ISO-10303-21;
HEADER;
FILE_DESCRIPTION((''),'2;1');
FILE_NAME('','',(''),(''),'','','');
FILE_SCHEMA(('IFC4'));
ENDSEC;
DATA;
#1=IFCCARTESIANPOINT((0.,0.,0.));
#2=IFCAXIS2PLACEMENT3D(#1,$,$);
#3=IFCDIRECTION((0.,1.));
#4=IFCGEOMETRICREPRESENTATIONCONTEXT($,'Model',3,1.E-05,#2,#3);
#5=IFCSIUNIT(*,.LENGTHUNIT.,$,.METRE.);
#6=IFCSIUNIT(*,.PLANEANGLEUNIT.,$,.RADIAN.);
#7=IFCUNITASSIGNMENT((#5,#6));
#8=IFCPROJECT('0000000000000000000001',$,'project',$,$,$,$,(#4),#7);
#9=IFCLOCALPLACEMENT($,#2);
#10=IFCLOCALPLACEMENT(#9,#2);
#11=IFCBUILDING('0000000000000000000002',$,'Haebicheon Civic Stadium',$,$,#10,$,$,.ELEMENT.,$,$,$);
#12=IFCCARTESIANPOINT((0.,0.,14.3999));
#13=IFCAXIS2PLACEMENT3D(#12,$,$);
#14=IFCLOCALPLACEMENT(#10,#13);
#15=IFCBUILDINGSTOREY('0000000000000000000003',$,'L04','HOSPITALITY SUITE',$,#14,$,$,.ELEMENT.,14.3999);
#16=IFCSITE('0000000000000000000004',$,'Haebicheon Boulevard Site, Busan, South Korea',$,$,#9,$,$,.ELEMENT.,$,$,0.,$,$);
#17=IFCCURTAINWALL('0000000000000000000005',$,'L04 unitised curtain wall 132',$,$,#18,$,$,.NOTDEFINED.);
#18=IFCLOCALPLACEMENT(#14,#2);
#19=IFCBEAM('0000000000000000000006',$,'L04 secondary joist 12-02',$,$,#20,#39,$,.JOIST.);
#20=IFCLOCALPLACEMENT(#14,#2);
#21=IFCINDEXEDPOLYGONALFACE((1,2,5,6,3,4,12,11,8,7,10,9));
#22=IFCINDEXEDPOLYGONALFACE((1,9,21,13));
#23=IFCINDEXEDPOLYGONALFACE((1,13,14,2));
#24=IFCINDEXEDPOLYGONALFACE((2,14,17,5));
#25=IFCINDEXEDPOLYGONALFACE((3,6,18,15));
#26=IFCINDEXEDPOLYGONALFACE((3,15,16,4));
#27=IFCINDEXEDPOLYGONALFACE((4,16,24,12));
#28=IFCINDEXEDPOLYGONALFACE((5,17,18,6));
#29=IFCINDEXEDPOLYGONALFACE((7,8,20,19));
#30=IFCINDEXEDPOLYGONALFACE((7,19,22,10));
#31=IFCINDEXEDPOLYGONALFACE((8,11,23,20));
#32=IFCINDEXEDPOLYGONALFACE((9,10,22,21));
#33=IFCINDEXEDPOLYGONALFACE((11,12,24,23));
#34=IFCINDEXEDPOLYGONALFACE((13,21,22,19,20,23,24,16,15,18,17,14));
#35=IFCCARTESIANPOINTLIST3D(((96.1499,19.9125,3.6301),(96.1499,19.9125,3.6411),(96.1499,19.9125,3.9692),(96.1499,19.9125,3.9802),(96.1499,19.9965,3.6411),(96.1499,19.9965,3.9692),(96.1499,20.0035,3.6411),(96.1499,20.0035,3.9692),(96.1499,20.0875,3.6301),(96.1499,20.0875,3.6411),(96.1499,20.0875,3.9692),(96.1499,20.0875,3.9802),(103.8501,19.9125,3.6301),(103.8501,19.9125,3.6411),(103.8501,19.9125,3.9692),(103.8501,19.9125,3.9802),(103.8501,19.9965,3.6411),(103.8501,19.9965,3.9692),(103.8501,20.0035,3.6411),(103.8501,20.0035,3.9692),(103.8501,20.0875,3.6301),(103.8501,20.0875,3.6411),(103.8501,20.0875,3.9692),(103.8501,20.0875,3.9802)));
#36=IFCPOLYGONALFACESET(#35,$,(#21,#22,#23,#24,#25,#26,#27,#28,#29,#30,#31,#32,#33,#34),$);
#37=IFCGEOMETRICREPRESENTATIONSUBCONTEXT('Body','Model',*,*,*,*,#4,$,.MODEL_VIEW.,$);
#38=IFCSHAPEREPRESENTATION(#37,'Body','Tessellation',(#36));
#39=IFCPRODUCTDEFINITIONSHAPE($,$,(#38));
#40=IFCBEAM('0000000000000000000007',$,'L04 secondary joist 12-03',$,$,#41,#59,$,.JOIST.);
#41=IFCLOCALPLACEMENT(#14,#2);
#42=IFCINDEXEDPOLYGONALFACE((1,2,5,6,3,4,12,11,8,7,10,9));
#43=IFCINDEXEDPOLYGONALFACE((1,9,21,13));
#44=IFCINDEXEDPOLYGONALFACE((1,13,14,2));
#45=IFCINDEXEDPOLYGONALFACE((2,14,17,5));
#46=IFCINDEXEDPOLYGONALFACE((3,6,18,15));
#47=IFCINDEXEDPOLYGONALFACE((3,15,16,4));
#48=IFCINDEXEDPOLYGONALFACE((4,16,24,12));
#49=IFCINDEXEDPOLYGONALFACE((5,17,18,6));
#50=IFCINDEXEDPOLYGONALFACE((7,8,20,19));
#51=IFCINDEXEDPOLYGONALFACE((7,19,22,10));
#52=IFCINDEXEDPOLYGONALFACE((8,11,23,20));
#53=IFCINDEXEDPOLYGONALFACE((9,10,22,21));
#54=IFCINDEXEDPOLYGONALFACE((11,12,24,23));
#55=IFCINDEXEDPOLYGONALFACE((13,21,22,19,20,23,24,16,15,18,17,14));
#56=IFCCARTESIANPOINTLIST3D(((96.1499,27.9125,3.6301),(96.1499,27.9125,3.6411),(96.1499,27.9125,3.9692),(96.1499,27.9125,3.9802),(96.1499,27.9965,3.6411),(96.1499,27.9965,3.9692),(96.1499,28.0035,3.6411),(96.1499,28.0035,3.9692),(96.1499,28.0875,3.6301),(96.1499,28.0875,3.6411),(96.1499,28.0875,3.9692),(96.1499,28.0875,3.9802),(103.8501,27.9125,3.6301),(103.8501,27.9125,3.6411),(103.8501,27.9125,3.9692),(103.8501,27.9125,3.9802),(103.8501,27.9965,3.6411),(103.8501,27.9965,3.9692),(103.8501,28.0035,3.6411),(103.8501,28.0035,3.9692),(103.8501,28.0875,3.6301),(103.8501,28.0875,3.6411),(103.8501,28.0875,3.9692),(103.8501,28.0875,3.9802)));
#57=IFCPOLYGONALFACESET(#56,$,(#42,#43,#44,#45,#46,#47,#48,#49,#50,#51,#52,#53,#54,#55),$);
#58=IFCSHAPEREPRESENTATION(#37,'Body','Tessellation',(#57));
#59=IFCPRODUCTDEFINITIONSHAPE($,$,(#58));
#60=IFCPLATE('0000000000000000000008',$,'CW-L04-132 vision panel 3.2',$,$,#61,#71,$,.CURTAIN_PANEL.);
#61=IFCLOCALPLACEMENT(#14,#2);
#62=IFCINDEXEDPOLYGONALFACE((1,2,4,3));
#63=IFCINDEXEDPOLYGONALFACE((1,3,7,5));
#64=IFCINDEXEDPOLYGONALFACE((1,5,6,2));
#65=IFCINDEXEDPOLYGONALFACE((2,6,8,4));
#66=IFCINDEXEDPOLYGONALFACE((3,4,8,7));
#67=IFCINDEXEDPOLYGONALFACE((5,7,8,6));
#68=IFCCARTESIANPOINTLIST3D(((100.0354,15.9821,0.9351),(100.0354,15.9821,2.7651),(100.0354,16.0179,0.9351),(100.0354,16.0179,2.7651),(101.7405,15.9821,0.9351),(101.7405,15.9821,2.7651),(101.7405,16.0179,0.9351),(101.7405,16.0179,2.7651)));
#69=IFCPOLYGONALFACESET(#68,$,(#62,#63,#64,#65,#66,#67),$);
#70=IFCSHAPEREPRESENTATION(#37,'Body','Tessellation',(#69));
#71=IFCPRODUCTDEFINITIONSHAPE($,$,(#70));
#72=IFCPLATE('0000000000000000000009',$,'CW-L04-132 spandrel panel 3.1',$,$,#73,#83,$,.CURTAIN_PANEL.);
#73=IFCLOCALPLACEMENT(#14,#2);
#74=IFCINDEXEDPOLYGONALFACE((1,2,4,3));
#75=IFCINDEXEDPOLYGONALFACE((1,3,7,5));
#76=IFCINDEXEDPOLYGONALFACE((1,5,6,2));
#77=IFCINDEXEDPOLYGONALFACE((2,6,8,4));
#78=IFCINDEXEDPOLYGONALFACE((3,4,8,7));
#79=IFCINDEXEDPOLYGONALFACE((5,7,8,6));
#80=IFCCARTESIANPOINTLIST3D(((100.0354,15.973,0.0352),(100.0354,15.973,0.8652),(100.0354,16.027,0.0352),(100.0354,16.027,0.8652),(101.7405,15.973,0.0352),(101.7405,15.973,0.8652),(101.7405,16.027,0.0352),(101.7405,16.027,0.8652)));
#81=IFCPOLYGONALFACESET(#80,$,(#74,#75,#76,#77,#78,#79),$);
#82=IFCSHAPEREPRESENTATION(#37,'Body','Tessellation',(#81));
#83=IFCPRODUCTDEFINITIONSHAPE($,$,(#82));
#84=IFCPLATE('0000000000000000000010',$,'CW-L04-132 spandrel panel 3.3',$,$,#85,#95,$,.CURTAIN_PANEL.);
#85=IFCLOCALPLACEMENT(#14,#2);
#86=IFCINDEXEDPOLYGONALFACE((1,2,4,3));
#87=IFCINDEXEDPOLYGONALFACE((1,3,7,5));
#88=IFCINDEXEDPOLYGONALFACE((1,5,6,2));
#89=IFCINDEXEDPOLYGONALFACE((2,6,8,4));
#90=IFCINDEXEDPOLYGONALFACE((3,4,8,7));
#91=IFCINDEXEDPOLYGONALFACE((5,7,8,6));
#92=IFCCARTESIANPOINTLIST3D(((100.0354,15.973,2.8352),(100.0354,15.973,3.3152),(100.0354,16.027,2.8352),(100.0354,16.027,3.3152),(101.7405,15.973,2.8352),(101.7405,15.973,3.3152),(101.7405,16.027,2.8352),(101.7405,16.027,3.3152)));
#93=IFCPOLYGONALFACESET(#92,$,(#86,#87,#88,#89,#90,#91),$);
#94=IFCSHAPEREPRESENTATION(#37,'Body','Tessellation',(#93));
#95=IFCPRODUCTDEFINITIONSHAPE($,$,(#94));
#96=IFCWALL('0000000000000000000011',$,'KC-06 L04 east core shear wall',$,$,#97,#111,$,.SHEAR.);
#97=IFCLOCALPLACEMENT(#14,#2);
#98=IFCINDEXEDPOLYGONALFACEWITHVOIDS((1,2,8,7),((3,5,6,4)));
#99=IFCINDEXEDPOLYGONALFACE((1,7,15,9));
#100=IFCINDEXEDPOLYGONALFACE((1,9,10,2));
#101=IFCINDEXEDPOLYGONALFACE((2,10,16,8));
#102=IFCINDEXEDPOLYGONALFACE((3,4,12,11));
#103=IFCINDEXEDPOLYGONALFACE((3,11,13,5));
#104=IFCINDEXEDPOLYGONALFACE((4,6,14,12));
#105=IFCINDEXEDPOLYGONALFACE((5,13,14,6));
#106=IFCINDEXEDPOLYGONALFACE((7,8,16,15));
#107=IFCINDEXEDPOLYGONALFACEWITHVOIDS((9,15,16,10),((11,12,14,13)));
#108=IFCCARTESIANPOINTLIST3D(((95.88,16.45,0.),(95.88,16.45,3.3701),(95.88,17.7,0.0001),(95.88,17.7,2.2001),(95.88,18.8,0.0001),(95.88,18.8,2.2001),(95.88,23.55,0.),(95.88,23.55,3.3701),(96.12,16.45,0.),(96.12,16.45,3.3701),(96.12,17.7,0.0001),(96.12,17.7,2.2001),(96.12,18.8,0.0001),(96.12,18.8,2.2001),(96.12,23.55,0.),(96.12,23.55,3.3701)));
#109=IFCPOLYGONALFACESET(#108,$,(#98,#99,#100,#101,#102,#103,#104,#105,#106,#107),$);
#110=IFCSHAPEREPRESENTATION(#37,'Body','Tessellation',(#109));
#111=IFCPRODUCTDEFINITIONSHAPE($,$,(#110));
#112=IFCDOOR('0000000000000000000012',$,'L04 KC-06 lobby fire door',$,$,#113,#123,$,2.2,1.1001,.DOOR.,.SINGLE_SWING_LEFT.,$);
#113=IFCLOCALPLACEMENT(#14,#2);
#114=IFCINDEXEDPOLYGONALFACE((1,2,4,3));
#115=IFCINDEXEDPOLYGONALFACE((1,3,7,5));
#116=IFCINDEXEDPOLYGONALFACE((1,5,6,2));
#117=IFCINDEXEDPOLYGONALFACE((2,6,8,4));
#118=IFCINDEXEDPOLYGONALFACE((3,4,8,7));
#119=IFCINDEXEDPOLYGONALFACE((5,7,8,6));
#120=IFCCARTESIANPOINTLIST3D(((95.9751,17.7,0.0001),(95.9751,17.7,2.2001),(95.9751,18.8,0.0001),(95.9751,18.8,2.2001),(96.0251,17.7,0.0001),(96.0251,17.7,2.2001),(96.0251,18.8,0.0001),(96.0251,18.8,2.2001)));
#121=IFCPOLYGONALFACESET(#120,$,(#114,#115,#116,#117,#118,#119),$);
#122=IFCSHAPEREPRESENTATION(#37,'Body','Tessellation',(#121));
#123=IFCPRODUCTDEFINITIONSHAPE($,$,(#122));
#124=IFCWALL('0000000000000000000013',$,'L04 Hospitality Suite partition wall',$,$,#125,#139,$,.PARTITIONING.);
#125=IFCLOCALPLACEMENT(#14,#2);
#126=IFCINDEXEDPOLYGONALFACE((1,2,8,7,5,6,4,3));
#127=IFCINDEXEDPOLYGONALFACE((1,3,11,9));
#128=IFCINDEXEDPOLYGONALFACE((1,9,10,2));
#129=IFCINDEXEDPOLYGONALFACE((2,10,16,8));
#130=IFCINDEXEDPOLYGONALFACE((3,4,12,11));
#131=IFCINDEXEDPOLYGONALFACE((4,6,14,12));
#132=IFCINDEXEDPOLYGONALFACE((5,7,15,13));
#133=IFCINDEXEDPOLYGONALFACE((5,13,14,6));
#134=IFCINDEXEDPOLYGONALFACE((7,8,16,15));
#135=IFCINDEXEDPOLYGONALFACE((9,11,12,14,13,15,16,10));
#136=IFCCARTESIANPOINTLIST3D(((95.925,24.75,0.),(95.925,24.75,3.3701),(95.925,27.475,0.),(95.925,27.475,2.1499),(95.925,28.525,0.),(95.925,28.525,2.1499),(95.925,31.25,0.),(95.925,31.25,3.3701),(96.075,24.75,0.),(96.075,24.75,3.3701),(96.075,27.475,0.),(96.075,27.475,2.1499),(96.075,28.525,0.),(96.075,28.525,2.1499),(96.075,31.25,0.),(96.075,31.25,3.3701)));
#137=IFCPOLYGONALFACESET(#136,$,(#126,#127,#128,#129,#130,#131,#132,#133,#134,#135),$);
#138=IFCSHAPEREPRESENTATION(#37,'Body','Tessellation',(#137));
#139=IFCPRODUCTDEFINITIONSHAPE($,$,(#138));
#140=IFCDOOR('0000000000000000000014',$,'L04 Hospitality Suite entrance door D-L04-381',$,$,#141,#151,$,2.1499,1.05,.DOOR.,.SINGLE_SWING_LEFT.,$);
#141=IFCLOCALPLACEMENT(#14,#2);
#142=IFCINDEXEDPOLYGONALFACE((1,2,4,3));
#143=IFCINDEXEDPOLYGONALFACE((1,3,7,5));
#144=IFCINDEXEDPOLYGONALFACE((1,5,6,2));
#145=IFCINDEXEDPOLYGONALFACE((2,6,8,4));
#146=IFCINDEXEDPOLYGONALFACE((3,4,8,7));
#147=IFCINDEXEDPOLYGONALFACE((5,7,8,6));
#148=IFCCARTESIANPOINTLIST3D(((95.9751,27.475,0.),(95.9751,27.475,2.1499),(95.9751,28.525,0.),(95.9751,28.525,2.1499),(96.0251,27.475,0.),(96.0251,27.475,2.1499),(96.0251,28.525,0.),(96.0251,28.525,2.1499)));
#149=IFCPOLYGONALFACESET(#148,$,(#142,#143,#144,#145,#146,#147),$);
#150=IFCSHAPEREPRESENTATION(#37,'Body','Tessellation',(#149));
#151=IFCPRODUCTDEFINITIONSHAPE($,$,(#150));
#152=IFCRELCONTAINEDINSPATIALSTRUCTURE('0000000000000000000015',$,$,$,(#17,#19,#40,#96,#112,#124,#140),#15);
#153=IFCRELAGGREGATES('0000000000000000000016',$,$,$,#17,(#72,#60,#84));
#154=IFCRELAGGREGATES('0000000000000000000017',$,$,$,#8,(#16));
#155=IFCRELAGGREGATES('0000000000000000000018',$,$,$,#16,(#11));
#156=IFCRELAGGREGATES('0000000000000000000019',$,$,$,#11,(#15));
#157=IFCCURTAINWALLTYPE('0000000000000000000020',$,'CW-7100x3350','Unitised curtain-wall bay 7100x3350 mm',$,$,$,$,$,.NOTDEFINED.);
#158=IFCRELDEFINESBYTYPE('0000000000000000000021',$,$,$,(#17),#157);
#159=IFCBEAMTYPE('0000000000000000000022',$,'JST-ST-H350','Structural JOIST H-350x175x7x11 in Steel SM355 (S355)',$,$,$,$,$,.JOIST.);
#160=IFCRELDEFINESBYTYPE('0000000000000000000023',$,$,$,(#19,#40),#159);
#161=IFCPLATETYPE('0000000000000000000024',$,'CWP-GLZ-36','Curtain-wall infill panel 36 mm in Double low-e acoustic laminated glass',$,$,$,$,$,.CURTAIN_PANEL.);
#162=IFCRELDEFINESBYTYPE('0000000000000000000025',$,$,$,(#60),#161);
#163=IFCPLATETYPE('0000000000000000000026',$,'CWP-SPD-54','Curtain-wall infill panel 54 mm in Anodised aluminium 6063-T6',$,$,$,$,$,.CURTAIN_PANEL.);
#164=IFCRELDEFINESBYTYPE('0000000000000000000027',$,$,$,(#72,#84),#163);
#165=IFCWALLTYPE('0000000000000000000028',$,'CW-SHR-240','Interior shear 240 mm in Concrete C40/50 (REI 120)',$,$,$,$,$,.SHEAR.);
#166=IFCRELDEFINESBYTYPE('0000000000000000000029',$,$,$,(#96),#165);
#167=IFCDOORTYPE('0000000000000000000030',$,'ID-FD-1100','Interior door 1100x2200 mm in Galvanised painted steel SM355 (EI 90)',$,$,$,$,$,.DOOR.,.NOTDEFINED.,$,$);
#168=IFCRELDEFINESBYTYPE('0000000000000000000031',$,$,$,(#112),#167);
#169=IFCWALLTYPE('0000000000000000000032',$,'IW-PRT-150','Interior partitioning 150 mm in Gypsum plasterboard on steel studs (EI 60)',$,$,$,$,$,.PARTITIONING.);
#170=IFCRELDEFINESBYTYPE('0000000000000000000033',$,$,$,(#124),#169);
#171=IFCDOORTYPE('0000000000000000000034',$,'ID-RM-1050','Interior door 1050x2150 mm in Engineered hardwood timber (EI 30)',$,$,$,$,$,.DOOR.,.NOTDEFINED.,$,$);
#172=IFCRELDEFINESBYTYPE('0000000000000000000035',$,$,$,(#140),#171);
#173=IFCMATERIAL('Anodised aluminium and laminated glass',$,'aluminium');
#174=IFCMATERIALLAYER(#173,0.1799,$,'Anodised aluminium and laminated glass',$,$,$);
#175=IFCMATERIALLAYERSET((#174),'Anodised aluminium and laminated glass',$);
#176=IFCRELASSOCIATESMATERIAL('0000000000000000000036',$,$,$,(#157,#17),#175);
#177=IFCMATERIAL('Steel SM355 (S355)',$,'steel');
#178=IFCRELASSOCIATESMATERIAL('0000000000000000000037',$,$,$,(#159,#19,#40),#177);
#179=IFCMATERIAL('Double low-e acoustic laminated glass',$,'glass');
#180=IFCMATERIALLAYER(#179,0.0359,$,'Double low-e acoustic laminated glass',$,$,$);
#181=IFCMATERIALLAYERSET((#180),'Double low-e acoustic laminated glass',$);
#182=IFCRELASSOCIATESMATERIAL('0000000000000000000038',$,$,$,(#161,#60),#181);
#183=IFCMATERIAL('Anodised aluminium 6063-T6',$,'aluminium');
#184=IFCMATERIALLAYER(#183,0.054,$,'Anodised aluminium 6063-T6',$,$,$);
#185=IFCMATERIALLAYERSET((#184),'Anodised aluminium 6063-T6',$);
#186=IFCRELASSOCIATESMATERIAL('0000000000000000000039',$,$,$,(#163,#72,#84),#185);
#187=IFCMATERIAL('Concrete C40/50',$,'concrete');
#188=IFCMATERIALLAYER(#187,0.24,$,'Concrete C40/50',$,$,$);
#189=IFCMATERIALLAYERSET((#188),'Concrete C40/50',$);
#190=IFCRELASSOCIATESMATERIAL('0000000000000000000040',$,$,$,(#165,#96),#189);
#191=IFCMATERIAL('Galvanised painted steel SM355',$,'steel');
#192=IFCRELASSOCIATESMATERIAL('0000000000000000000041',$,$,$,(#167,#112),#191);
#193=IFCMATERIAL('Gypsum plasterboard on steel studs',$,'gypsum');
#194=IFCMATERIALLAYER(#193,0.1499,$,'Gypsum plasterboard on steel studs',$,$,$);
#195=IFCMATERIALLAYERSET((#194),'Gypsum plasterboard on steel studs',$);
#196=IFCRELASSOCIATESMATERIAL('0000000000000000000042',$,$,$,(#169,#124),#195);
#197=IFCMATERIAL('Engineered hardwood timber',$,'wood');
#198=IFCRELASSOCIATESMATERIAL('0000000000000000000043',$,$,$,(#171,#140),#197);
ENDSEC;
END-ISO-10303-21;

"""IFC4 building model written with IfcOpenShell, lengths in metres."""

from ifc_helpers import new_model, si_unit, direction, frame, frame_2d, origin, origin_2d, place, context, subcontext, project, spatial, rectangle, i_section, extrude, material, layer, layer_set, material_profile, profile_set, type_object, element, fill, aggregate, save


model = new_model("IFC4")

# Units and contexts
model_context = context("Model", 3, precision=1e-05, world=origin(), true_north=direction((0.0, 1.0)))
body_context = subcontext(model_context, "Body", "Model", "MODEL_VIEW")
ifc_project = project(units=[si_unit("LENGTHUNIT", "METRE"), si_unit("PLANEANGLEUNIT", "RADIAN")], contexts=[model_context])

# Site, building, storey
site_placement = place(None, origin())
site = spatial("IfcSite", under=ifc_project, at=site_placement, Name="Haebicheon Boulevard Site, Busan, South Korea", CompositionType="ELEMENT", RefElevation=0.0)
building_placement = place(site_placement, origin())
building = spatial("IfcBuilding", under=site, at=building_placement, Name="Haebicheon Civic Stadium", CompositionType="ELEMENT")
storey_placement = place(building_placement, frame((0.0, 0.0, 14.3999)))
storey = spatial("IfcBuildingStorey", under=building, at=storey_placement, Name="L04", Description="HOSPITALITY SUITE", CompositionType="ELEMENT", Elevation=14.3999)

# Curtain wall
ifc_material_1 = material(Name="Anodised aluminium and laminated glass", Category="aluminium")
ifc_layer_1 = layer(ifc_material_1, 0.1799, Name="Anodised aluminium and laminated glass")
ifc_layer_set_1 = layer_set([ifc_layer_1], Name="Anodised aluminium and laminated glass")
curtain_wall_type = type_object("IfcCurtainWallType", Name="CW-7100x3350", Description="Unitised curtain-wall bay 7100x3350 mm", PredefinedType="NOTDEFINED", material=ifc_layer_set_1)
curtain_wall_placement = place(storey_placement, origin())
curtain_wall = element("IfcCurtainWall", 1, at=curtain_wall_placement, inside=storey, type_object=curtain_wall_type, material=ifc_layer_set_1, Name="L04 unitised curtain wall 132", PredefinedType="NOTDEFINED")

# Beams
ifc_material_2 = material(Name="Steel SM355 (S355)", Category="steel")
ifc_material_profile_1 = material_profile(ifc_material_2, i_section(OverallWidth=0.175, OverallDepth=0.3501, WebThickness=0.0071, FlangeThickness=0.011, at=origin_2d()), Name="H-350x175x7x11")
ifc_profile_set_1 = profile_set([ifc_material_profile_1], Name="Steel SM355 (S355)")
beam_type_1 = type_object("IfcBeamType", Name="JST-ST-H350", Description="Structural JOIST H-350x175x7x11 in Steel SM355 (S355)", PredefinedType="JOIST", material=ifc_profile_set_1)
for number, where, z_axis, x_axis, name in (
    (2, (96.1499, 20.0, 3.8052), (1.0, 0.0, 0.0), (0.0, 1.0, 0.0), "L04 secondary joist 12-02"),
    (3, (96.1499, 28.0, 3.8052), (1.0, 0.0, 0.0), (0.0, 1.0, 0.0), "L04 secondary joist 12-03"),
):
    element("IfcBeam", number, at=place(storey_placement, frame(where, z_axis=z_axis, x_axis=x_axis)), inside=storey, type_object=beam_type_1, material=ifc_profile_set_1, Name=name, PredefinedType="JOIST", context=body_context, shape_type="SweptSolid", body=[
        extrude(i_section(OverallWidth=0.175, OverallDepth=0.3501, WebThickness=0.0071, FlangeThickness=0.011, at=origin_2d()), origin(), (0.0, 0.0, 1.0), 7.7002),
    ])

# Plates
ifc_material_3 = material(Name="Double low-e acoustic laminated glass", Category="glass")
ifc_layer_2 = layer(ifc_material_3, 0.0359, Name="Double low-e acoustic laminated glass")
ifc_layer_set_2 = layer_set([ifc_layer_2], Name="Double low-e acoustic laminated glass")
plate_type_1 = type_object("IfcPlateType", Name="CWP-GLZ-36", Description="Curtain-wall infill panel 36 mm in Double low-e acoustic laminated glass", PredefinedType="CURTAIN_PANEL", material=ifc_layer_set_2)
plate_1_placement = place(storey_placement, frame((100.8879, 16.0, 0.9351), z_axis=(0.0, 0.0, 1.0), x_axis=(1.0, 0.0, 0.0)))
plate_1 = element("IfcPlate", 4, at=plate_1_placement, type_object=plate_type_1, material=ifc_layer_set_2, Name="CW-L04-132 vision panel 3.2", PredefinedType="CURTAIN_PANEL", context=body_context, shape_type="SweptSolid", body=[
    extrude(rectangle(XDim=1.7051, YDim=0.0359, at=origin_2d()), origin(), (0.0, 0.0, 1.0), 1.8301),
])
ifc_material_4 = material(Name="Anodised aluminium 6063-T6", Category="aluminium")
ifc_layer_3 = layer(ifc_material_4, 0.054, Name="Anodised aluminium 6063-T6")
ifc_layer_set_3 = layer_set([ifc_layer_3], Name="Anodised aluminium 6063-T6")
plate_type_2 = type_object("IfcPlateType", Name="CWP-SPD-54", Description="Curtain-wall infill panel 54 mm in Anodised aluminium 6063-T6", PredefinedType="CURTAIN_PANEL", material=ifc_layer_set_3)
plate_2_placement = place(storey_placement, frame((100.8879, 16.0, 0.0352), z_axis=(0.0, 0.0, 1.0), x_axis=(1.0, 0.0, 0.0)))
plate_2 = element("IfcPlate", 5, at=plate_2_placement, type_object=plate_type_2, material=ifc_layer_set_3, Name="CW-L04-132 spandrel panel 3.1", PredefinedType="CURTAIN_PANEL", context=body_context, shape_type="SweptSolid", body=[
    extrude(rectangle(XDim=1.7051, YDim=0.054, at=origin_2d()), origin(), (0.0, 0.0, 1.0), 0.8301),
])
plate_3_placement = place(storey_placement, frame((100.8879, 16.0, 2.8352), z_axis=(0.0, 0.0, 1.0), x_axis=(1.0, 0.0, 0.0)))
plate_3 = element("IfcPlate", 6, at=plate_3_placement, type_object=plate_type_2, material=ifc_layer_set_3, Name="CW-L04-132 spandrel panel 3.3", PredefinedType="CURTAIN_PANEL", context=body_context, shape_type="SweptSolid", body=[
    extrude(rectangle(XDim=1.7051, YDim=0.054, at=origin_2d()), origin(), (0.0, 0.0, 1.0), 0.48),
])
aggregate(curtain_wall, [plate_2, plate_1, plate_3])

# Walls, openings, doors
ifc_material_5 = material(Name="Concrete C40/50", Category="concrete")
ifc_layer_4 = layer(ifc_material_5, 0.24, Name="Concrete C40/50")
ifc_layer_set_4 = layer_set([ifc_layer_4], Name="Concrete C40/50")
wall_type_1 = type_object("IfcWallType", Name="CW-SHR-240", Description="Interior shear 240 mm in Concrete C40/50 (REI 120)", PredefinedType="SHEAR", material=ifc_layer_set_4)
wall_1_placement = place(storey_placement, frame((96.0, 16.45, 0.0), z_axis=(0.0, 0.0, 1.0), x_axis=(0.0, 1.0, 0.0)))
wall_1 = element("IfcWall", 7, at=wall_1_placement, inside=storey, type_object=wall_type_1, material=ifc_layer_set_4, Name="KC-06 L04 east core shear wall", PredefinedType="SHEAR", context=body_context, shape_type="SweptSolid", body=[
    extrude(rectangle(XDim=7.1001, YDim=0.24, at=frame_2d((3.55, 0.0))), origin(), (0.0, 0.0, 1.0), 3.3701),
])
opening_1_placement = place(wall_1_placement, frame((1.25, 0.0, 0.0)))
opening_1 = element("IfcOpeningElement", 8, at=opening_1_placement, cuts=wall_1, PredefinedType="OPENING", context=body_context, shape_type="SweptSolid", body=[
    extrude(rectangle(XDim=1.1001, YDim=2.2, at=frame_2d((0.55, 1.1001))), frame((0.0, 0.1299, 0.0), z_axis=(0.0, -1.0, 0.0), x_axis=(1.0, 0.0, 0.0)), (0.0, 0.0, 1.0), 0.26),
])
ifc_material_6 = material(Name="Galvanised painted steel SM355", Category="steel")
door_type_1 = type_object("IfcDoorType", Name="ID-FD-1100", Description="Interior door 1100x2200 mm in Galvanised painted steel SM355 (EI 90)", OperationType="NOTDEFINED", PredefinedType="DOOR", material=ifc_material_6)
door_1_placement = place(opening_1_placement, origin())
door_1 = element("IfcDoor", 9, at=door_1_placement, inside=storey, type_object=door_type_1, material=ifc_material_6, Name="L04 KC-06 lobby fire door", OperationType="SINGLE_SWING_LEFT", OverallHeight=2.2, OverallWidth=1.1001, PredefinedType="DOOR", context=body_context, shape_type="SweptSolid", body=[
    extrude(rectangle(XDim=1.1001, YDim=2.2, at=frame_2d((0.55, 1.1001))), frame((0.0, 0.0249, 0.0), z_axis=(0.0, -1.0, 0.0), x_axis=(1.0, 0.0, 0.0)), (0.0, 0.0, 1.0), 0.05),
])
fill(opening_1, door_1)
ifc_material_7 = material(Name="Gypsum plasterboard on steel studs", Category="gypsum")
ifc_layer_5 = layer(ifc_material_7, 0.1499, Name="Gypsum plasterboard on steel studs")
ifc_layer_set_5 = layer_set([ifc_layer_5], Name="Gypsum plasterboard on steel studs")
wall_type_2 = type_object("IfcWallType", Name="IW-PRT-150", Description="Interior partitioning 150 mm in Gypsum plasterboard on steel studs (EI 60)", PredefinedType="PARTITIONING", material=ifc_layer_set_5)
wall_2_placement = place(storey_placement, frame((96.0, 24.75, 0.0), z_axis=(0.0, 0.0, 1.0), x_axis=(0.0, 1.0, 0.0)))
wall_2 = element("IfcWall", 10, at=wall_2_placement, inside=storey, type_object=wall_type_2, material=ifc_layer_set_5, Name="L04 Hospitality Suite partition wall", PredefinedType="PARTITIONING", context=body_context, shape_type="SweptSolid", body=[
    extrude(rectangle(XDim=6.5, YDim=0.1499, at=frame_2d((3.25, 0.0))), origin(), (0.0, 0.0, 1.0), 3.3701),
])
opening_2_placement = place(wall_2_placement, frame((2.7251, 0.0, 0.0)))
opening_2 = element("IfcOpeningElement", 11, at=opening_2_placement, cuts=wall_2, PredefinedType="OPENING", context=body_context, shape_type="SweptSolid", body=[
    extrude(rectangle(XDim=1.05, YDim=2.1499, at=frame_2d((0.5249, 1.075))), frame((0.0, 0.085, 0.0), z_axis=(0.0, -1.0, 0.0), x_axis=(1.0, 0.0, 0.0)), (0.0, 0.0, 1.0), 0.1699),
])
ifc_material_8 = material(Name="Engineered hardwood timber", Category="wood")
door_type_2 = type_object("IfcDoorType", Name="ID-RM-1050", Description="Interior door 1050x2150 mm in Engineered hardwood timber (EI 30)", OperationType="NOTDEFINED", PredefinedType="DOOR", material=ifc_material_8)
door_2_placement = place(opening_2_placement, origin())
door_2 = element("IfcDoor", 12, at=door_2_placement, inside=storey, type_object=door_type_2, material=ifc_material_8, Name="L04 Hospitality Suite entrance door D-L04-381", OperationType="SINGLE_SWING_LEFT", OverallHeight=2.1499, OverallWidth=1.05, PredefinedType="DOOR", context=body_context, shape_type="SweptSolid", body=[
    extrude(rectangle(XDim=1.05, YDim=2.1499, at=frame_2d((0.5249, 1.075))), frame((0.0, 0.0249, 0.0), z_axis=(0.0, -1.0, 0.0), x_axis=(1.0, 0.0, 0.0)), (0.0, 0.0, 1.0), 0.05),
])
fill(opening_2, door_2)

save(model, "model.ifc")
